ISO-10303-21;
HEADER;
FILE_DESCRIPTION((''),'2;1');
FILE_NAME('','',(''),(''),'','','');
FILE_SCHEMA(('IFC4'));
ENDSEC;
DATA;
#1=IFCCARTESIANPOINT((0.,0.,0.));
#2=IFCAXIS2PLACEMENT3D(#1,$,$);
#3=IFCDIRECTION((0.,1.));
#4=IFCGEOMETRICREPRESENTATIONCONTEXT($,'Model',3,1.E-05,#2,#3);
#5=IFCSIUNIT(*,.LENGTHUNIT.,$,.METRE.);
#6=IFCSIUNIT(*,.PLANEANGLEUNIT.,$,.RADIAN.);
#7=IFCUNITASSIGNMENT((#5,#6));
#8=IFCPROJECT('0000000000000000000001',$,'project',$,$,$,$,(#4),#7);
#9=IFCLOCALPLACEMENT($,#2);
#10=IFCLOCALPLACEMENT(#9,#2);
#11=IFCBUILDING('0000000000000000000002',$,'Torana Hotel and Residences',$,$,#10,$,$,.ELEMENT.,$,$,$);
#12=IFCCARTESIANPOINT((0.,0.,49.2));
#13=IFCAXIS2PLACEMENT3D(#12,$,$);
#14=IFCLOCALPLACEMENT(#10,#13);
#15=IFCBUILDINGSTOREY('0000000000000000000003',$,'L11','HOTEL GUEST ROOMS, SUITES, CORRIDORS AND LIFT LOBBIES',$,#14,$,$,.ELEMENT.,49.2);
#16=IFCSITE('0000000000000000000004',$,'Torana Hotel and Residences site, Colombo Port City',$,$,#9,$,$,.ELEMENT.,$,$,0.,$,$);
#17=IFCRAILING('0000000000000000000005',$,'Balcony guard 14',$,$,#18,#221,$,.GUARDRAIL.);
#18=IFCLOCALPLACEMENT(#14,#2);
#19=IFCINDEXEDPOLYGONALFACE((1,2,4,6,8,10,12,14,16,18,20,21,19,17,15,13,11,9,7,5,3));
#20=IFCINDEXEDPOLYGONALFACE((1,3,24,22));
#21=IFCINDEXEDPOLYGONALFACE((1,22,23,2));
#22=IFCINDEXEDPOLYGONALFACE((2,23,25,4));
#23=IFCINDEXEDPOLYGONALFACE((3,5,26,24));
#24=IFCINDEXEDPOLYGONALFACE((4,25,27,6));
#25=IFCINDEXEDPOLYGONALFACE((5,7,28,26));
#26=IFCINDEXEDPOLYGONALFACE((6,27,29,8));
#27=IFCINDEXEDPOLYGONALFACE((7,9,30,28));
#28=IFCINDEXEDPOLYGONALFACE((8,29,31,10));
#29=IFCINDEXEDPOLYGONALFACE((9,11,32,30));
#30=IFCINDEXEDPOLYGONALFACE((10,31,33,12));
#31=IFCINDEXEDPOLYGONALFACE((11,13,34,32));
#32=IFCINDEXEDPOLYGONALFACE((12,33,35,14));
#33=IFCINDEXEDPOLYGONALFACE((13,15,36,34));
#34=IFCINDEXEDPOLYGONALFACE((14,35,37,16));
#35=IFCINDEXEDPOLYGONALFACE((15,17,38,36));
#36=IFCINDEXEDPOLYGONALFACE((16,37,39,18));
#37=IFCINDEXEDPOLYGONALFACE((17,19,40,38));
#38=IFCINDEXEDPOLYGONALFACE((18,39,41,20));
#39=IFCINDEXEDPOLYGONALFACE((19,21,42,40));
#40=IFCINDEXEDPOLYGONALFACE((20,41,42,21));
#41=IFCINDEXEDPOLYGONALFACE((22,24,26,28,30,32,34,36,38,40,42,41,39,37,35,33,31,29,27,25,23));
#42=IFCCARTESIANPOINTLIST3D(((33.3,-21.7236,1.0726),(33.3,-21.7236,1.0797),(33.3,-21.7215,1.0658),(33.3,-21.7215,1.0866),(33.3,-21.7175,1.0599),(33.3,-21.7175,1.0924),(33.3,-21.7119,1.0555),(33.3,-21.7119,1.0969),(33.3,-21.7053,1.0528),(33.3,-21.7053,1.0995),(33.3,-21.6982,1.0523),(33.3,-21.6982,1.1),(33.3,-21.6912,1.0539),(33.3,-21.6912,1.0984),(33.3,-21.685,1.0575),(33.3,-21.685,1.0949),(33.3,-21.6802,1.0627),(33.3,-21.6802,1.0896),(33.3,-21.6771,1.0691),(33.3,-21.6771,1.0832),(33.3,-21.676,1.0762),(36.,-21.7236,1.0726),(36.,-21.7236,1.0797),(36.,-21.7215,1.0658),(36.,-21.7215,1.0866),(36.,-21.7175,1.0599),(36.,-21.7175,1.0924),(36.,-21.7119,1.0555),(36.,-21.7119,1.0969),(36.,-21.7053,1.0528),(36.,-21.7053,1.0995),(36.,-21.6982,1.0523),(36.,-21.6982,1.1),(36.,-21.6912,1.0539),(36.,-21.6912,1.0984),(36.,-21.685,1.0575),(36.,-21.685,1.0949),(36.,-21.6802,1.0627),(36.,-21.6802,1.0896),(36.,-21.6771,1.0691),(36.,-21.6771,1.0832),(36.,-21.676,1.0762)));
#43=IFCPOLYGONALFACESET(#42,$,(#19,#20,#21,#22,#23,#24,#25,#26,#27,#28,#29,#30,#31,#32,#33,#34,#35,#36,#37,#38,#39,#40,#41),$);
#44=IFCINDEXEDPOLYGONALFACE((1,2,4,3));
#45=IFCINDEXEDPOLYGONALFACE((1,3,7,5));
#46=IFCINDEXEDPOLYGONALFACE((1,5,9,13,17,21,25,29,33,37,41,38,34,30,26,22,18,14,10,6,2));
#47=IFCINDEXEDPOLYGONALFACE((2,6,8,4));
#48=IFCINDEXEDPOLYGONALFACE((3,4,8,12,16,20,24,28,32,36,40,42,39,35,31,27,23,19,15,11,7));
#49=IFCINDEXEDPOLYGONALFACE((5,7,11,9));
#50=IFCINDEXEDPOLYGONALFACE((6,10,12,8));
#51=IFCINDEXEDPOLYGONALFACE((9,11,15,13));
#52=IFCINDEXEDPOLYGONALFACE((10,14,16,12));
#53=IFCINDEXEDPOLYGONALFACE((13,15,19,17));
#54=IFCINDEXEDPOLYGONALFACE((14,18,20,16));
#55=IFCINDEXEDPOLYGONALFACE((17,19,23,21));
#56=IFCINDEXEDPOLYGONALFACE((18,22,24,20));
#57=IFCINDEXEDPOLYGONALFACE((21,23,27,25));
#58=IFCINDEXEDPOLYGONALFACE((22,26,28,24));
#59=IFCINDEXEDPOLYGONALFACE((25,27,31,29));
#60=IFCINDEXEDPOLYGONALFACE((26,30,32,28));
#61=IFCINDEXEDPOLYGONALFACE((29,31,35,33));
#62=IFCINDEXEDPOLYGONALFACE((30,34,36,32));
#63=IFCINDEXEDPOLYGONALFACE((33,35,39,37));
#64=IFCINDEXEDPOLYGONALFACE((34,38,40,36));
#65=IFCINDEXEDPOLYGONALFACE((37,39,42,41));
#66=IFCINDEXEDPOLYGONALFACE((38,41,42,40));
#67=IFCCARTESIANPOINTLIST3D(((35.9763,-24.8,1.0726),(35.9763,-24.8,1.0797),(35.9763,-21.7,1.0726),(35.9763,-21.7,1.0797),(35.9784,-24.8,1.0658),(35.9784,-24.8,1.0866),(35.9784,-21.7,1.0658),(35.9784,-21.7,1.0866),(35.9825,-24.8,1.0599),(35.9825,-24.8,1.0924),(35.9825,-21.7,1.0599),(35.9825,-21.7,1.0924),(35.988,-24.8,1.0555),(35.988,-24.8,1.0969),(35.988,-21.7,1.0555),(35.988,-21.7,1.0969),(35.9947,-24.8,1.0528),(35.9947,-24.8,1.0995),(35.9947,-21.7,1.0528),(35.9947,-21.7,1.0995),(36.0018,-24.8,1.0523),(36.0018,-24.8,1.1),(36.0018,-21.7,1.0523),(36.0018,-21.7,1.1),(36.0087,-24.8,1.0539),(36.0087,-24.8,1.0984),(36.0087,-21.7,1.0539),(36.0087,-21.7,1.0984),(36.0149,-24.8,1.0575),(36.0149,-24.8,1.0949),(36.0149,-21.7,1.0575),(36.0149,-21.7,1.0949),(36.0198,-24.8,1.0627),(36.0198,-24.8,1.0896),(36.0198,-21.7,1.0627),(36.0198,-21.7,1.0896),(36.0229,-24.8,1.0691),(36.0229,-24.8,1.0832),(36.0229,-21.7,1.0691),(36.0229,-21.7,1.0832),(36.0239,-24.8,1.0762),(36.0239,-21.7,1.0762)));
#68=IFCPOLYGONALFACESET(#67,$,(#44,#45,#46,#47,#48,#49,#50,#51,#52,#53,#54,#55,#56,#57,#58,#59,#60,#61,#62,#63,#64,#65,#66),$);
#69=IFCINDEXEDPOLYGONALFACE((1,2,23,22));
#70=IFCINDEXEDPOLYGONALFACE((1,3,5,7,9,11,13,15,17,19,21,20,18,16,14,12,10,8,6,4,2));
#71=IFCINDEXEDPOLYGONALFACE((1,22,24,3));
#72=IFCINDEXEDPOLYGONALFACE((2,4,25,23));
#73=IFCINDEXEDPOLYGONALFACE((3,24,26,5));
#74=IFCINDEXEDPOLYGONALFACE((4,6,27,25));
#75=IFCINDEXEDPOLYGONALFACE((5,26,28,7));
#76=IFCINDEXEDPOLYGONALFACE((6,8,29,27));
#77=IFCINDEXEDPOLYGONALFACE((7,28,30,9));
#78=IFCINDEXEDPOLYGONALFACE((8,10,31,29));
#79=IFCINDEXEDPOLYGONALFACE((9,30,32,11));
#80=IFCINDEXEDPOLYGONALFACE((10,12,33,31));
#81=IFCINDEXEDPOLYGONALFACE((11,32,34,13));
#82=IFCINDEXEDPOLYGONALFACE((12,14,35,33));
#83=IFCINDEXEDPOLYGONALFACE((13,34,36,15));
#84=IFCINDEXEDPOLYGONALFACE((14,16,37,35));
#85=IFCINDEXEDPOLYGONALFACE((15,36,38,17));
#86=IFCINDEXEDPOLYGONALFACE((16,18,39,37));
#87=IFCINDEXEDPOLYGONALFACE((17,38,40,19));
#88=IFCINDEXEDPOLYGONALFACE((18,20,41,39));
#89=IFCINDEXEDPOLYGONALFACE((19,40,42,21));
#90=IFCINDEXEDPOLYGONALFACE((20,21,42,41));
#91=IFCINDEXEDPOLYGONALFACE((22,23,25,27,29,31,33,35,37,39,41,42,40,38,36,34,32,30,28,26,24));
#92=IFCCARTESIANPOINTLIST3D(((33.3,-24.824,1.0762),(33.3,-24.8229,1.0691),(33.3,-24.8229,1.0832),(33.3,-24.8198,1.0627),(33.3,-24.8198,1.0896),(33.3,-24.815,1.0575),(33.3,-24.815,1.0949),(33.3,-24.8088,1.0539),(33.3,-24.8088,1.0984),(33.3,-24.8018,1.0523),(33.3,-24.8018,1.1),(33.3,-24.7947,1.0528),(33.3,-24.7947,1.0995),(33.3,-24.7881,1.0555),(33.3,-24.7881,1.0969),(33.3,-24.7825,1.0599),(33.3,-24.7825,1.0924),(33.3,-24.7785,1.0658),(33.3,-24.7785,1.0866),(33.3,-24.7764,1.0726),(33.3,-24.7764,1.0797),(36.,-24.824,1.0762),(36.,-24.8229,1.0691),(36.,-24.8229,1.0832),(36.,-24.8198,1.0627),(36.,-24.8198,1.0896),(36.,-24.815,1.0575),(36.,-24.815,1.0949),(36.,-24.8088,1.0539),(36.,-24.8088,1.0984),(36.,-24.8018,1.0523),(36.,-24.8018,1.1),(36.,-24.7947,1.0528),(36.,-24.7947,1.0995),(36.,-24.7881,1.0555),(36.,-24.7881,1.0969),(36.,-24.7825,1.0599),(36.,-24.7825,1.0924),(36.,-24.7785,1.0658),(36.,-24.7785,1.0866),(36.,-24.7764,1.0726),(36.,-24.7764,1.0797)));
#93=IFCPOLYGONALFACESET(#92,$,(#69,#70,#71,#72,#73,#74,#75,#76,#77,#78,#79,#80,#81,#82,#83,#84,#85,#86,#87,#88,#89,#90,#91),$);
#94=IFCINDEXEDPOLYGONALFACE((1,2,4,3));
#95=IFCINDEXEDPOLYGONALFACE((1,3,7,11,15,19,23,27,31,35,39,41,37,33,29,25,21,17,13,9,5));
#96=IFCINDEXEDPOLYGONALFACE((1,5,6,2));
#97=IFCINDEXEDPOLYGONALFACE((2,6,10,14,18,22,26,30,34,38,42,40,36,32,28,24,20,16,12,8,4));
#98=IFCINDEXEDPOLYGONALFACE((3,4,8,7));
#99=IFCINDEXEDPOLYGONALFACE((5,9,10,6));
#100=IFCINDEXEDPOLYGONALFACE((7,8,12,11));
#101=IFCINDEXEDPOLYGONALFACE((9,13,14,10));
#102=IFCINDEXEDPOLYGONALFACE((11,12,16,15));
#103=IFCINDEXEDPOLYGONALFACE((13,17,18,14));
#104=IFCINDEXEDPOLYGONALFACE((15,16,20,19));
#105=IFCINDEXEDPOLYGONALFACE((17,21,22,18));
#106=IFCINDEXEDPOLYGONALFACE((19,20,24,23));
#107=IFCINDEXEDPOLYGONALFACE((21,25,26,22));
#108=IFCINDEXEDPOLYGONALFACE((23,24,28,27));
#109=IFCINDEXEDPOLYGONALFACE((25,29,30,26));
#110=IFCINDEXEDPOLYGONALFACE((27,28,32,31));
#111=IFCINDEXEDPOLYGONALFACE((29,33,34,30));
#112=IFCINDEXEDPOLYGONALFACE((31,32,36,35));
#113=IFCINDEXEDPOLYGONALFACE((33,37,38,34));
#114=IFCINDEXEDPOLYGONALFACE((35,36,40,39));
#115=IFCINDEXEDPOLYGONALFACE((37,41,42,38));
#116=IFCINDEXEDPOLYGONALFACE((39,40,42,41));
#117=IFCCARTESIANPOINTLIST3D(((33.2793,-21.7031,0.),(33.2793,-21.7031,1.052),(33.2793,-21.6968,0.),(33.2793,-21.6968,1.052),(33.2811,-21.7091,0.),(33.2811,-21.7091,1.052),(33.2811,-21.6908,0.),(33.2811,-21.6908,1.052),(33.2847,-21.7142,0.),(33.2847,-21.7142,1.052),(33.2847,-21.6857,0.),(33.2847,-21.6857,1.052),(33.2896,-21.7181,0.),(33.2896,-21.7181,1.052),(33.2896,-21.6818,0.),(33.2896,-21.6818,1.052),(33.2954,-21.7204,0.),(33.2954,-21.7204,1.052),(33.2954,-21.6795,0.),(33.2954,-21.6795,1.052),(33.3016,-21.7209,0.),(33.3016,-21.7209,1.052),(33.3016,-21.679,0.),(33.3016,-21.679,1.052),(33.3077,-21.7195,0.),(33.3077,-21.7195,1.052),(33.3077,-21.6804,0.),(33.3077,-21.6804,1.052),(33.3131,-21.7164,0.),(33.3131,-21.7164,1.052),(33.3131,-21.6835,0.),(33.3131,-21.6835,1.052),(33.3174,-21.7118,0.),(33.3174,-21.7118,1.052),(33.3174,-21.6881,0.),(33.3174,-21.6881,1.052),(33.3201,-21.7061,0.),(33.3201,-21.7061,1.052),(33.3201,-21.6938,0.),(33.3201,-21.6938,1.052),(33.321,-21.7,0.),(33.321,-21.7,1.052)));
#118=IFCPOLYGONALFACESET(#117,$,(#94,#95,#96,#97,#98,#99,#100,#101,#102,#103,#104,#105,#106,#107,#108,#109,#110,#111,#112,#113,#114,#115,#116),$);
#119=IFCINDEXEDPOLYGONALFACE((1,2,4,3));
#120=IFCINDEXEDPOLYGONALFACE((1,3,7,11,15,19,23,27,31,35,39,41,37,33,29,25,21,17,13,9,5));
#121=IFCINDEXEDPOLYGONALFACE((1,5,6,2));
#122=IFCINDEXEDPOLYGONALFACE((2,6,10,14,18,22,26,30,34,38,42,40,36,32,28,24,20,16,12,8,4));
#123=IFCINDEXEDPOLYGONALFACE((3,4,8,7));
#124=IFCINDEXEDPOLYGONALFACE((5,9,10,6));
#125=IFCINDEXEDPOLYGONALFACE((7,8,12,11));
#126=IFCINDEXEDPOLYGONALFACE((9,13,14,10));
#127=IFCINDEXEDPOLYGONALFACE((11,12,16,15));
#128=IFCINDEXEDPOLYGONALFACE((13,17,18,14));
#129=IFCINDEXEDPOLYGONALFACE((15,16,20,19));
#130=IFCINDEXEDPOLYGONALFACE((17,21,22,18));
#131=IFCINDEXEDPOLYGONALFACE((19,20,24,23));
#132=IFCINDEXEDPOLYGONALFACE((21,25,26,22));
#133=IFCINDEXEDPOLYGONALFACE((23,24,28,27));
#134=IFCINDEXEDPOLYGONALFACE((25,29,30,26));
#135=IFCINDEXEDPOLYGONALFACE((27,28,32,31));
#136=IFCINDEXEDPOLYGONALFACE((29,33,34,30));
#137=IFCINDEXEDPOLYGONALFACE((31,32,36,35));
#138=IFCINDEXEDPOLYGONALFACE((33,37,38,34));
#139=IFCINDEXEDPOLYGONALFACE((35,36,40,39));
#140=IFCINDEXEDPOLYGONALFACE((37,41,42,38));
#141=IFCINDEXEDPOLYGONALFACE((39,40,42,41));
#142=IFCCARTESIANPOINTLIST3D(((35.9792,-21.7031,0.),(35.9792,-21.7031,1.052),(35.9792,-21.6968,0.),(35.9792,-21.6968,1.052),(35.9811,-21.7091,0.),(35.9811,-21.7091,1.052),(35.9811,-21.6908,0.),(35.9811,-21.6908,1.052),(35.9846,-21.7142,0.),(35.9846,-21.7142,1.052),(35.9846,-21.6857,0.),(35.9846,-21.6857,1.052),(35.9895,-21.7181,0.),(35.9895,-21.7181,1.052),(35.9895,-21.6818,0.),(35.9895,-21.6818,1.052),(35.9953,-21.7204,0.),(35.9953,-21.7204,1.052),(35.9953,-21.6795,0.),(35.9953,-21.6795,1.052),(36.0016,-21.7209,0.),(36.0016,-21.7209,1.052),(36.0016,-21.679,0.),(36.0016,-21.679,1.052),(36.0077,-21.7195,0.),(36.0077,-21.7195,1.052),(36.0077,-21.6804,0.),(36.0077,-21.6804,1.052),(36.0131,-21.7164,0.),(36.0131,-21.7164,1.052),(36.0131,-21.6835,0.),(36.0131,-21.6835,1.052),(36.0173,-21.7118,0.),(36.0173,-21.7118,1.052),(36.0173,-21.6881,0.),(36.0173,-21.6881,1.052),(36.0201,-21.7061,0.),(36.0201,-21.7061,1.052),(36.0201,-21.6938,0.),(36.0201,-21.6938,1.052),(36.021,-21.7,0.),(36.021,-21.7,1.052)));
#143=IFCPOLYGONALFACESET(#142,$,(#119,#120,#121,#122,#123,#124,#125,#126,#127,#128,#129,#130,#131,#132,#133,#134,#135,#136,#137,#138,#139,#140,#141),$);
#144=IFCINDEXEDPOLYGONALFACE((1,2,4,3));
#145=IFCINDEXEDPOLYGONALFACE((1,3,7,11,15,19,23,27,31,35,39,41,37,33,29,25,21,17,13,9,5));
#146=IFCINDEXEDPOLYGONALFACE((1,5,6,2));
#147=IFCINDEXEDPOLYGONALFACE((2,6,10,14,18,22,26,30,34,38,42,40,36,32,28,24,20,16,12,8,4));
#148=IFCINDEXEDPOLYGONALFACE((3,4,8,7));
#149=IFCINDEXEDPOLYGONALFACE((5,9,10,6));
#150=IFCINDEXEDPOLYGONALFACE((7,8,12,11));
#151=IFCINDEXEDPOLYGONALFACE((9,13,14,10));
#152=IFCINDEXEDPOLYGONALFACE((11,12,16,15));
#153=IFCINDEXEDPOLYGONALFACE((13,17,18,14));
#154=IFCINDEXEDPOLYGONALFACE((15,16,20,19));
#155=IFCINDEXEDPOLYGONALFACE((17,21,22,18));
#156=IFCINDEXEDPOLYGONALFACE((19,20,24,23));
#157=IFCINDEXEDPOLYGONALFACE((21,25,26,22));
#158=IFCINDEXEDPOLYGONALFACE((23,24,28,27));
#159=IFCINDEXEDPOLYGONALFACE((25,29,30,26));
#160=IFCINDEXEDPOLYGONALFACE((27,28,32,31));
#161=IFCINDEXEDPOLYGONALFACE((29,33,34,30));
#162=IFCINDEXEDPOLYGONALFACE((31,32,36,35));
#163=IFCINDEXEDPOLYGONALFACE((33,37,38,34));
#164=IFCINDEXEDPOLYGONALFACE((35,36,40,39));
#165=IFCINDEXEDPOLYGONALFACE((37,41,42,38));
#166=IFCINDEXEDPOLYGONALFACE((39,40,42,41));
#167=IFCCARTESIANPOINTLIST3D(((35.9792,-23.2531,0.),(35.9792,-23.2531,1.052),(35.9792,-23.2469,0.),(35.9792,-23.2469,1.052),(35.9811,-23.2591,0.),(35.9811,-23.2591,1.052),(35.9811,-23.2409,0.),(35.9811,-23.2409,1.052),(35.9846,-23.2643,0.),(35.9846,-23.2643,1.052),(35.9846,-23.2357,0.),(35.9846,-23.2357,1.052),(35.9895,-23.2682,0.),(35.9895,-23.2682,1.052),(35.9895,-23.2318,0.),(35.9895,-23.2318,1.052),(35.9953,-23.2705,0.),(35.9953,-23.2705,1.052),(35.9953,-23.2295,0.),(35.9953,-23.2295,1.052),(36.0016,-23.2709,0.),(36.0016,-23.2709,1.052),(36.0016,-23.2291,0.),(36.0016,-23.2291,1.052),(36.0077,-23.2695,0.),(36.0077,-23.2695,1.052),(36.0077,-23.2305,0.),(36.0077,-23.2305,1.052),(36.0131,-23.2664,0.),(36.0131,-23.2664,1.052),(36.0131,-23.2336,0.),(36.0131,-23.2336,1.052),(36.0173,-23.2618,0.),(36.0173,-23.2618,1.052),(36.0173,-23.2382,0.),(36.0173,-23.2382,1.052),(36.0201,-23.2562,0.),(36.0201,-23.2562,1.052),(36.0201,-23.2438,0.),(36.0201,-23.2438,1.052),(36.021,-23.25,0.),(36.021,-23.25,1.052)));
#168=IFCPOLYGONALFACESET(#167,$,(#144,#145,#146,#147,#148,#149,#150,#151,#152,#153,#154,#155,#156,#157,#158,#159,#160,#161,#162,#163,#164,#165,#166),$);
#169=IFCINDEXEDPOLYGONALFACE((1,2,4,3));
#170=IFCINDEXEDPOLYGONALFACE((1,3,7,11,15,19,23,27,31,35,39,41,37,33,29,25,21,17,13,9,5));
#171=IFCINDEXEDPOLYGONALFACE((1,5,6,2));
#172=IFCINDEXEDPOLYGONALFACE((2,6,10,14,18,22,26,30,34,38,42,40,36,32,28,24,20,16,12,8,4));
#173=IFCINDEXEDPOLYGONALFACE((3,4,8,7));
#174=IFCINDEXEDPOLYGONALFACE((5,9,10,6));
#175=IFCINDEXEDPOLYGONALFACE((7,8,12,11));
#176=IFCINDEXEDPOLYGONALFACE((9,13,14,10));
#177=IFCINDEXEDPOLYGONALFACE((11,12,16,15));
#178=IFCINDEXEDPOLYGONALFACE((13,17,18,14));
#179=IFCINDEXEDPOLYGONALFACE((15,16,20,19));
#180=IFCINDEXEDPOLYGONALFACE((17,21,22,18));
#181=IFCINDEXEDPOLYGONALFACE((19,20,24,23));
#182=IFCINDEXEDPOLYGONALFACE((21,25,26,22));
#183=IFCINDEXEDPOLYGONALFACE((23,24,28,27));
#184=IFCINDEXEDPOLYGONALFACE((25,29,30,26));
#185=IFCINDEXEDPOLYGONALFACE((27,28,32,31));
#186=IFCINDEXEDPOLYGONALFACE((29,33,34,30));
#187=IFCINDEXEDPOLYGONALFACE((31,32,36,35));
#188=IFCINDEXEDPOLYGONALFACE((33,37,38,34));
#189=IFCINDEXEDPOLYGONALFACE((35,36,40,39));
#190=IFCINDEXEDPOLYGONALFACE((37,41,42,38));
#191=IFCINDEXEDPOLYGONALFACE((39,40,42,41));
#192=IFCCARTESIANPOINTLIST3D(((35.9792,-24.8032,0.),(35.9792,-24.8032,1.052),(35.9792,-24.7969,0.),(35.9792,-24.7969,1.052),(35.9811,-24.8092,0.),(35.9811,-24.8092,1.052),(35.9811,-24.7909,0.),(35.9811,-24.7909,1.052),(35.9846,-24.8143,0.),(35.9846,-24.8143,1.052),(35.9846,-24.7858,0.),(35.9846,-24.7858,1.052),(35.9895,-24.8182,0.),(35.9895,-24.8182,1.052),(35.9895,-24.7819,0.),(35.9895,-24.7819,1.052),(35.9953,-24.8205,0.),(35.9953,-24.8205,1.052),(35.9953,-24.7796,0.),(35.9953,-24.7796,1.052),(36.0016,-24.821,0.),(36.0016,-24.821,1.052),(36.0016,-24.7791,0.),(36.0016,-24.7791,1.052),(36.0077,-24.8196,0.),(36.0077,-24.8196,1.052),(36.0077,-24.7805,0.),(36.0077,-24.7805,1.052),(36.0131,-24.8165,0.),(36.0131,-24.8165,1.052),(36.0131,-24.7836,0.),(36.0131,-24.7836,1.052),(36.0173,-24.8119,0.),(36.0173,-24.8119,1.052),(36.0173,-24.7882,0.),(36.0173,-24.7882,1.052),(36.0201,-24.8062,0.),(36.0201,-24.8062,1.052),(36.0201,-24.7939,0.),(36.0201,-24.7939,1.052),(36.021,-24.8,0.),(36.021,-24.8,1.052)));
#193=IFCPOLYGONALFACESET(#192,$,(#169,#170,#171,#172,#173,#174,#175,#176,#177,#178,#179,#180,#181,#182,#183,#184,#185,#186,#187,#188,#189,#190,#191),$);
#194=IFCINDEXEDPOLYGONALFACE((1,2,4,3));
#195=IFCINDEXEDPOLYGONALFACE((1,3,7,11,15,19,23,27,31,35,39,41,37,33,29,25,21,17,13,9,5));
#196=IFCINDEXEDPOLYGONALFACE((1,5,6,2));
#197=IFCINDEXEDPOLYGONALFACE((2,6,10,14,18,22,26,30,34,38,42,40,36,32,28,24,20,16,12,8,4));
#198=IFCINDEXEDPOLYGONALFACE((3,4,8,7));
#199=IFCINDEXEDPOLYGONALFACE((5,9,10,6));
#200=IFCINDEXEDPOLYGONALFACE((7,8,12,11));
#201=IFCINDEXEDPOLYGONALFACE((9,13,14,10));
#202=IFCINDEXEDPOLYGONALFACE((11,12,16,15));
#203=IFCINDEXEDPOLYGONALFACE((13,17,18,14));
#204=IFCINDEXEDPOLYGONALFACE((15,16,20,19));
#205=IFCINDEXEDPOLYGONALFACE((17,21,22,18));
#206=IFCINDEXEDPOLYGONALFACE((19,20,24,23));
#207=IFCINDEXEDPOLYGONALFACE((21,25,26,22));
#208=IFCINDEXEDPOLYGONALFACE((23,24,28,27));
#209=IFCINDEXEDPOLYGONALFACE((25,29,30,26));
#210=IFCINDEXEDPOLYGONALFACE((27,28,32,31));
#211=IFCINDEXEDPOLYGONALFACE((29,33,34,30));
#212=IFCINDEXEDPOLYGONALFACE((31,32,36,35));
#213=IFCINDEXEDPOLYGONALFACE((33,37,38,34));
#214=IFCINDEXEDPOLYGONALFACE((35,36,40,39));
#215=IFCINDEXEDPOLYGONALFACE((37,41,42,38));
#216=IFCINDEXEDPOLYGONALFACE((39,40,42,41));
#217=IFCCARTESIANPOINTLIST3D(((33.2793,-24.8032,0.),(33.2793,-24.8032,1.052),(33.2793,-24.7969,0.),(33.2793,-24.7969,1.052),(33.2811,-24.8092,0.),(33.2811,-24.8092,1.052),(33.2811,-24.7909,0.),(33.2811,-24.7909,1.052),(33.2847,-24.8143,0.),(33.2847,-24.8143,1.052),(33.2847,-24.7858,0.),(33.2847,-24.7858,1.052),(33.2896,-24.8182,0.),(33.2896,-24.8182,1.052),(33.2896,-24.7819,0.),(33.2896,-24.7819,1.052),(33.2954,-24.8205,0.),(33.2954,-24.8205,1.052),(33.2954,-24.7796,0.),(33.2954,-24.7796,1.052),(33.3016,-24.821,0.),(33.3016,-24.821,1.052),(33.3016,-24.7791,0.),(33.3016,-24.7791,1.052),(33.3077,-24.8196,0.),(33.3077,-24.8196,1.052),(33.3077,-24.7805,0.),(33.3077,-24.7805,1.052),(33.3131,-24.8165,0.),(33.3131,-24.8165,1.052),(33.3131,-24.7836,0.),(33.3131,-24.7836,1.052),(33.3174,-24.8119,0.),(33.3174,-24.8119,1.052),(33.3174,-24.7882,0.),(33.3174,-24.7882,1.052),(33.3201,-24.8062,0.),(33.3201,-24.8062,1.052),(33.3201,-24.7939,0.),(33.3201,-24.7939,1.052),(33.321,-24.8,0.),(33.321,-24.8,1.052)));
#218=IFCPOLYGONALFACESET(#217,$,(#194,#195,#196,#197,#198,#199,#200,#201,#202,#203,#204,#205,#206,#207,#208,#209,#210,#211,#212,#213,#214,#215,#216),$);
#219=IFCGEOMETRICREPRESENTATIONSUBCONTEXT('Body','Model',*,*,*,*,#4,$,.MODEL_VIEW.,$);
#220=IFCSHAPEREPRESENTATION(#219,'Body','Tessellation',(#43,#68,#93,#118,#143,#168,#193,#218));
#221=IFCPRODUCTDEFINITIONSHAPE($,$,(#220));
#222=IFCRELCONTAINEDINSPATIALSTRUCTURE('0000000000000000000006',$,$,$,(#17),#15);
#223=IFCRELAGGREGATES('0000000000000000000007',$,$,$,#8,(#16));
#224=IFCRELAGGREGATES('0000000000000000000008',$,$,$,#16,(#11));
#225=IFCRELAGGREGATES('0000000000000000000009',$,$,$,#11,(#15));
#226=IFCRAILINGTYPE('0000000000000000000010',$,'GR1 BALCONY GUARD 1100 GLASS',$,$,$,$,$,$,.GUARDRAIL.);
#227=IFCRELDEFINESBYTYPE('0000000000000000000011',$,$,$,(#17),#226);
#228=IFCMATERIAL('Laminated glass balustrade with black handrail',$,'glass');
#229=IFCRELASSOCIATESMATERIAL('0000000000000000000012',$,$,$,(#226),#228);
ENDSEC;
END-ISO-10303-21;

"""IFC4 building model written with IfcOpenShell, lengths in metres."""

from ifc_helpers import new_model, si_unit, direction, frame, origin, origin_2d, place, context, subcontext, project, spatial, circle, extrude, material, type_object, element, save


model = new_model("IFC4")

# Units and contexts
model_context = context("Model", 3, precision=1e-05, world=origin(), true_north=direction((0.0, 1.0)))
body_context = subcontext(model_context, "Body", "Model", "MODEL_VIEW")
ifc_project = project(units=[si_unit("LENGTHUNIT", "METRE"), si_unit("PLANEANGLEUNIT", "RADIAN")], contexts=[model_context])

# Site, building, storey
site_placement = place(None, origin())
site = spatial("IfcSite", under=ifc_project, at=site_placement, Name="Torana Hotel and Residences site, Colombo Port City", CompositionType="ELEMENT", RefElevation=0.0)
building_placement = place(site_placement, origin())
building = spatial("IfcBuilding", under=site, at=building_placement, Name="Torana Hotel and Residences", CompositionType="ELEMENT")
storey_placement = place(building_placement, frame((0.0, 0.0, 49.2)))
storey = spatial("IfcBuildingStorey", under=building, at=storey_placement, Name="L11", Description="HOTEL GUEST ROOMS, SUITES, CORRIDORS AND LIFT LOBBIES", CompositionType="ELEMENT", Elevation=49.2)

# Railing
ifc_material_1 = material(Name="Laminated glass balustrade with black handrail", Category="glass")
railing_type = type_object("IfcRailingType", Name="GR1 BALCONY GUARD 1100 GLASS", PredefinedType="GUARDRAIL", material=ifc_material_1)
railing_1_placement = place(storey_placement, frame((33.3, -21.7, 0.0)))
element("IfcRailing", 1, at=railing_1_placement, inside=storey, type_object=railing_type, Name="Balcony guard 14", PredefinedType="GUARDRAIL", context=body_context, shape_type="SweptSolid", body=[
    extrude(circle(Radius=0.0239, at=origin_2d()), frame((0.0, 0.0, 1.0762), z_axis=(1.0, 0.0, 0.0), x_axis=(0.0, 1.0, 0.0)), (0.0, 0.0, 1.0), 2.7),
    extrude(circle(Radius=0.0239, at=origin_2d()), frame((2.7, 0.0, 1.0762), z_axis=(0.0, -1.0, 0.0), x_axis=(1.0, 0.0, 0.0)), (0.0, 0.0, 1.0), 3.1001),
    extrude(circle(Radius=0.0239, at=origin_2d()), frame((2.7, -3.1001, 1.0762), z_axis=(-1.0, 0.0, 0.0), x_axis=(0.0, -1.0, 0.0)), (0.0, 0.0, 1.0), 2.7),
    extrude(circle(Radius=0.021, at=origin_2d()), origin(), (0.0, 0.0, 1.0), 1.052),
    extrude(circle(Radius=0.021, at=origin_2d()), frame((2.7, 0.0, 0.0)), (0.0, 0.0, 1.0), 1.052),
    extrude(circle(Radius=0.021, at=origin_2d()), frame((2.7, -1.55, 0.0)), (0.0, 0.0, 1.0), 1.052),
    extrude(circle(Radius=0.021, at=origin_2d()), frame((2.7, -3.1001, 0.0)), (0.0, 0.0, 1.0), 1.052),
    extrude(circle(Radius=0.021, at=origin_2d()), frame((0.0, -3.1001, 0.0)), (0.0, 0.0, 1.0), 1.052),
])

save(model, "model.ifc")
